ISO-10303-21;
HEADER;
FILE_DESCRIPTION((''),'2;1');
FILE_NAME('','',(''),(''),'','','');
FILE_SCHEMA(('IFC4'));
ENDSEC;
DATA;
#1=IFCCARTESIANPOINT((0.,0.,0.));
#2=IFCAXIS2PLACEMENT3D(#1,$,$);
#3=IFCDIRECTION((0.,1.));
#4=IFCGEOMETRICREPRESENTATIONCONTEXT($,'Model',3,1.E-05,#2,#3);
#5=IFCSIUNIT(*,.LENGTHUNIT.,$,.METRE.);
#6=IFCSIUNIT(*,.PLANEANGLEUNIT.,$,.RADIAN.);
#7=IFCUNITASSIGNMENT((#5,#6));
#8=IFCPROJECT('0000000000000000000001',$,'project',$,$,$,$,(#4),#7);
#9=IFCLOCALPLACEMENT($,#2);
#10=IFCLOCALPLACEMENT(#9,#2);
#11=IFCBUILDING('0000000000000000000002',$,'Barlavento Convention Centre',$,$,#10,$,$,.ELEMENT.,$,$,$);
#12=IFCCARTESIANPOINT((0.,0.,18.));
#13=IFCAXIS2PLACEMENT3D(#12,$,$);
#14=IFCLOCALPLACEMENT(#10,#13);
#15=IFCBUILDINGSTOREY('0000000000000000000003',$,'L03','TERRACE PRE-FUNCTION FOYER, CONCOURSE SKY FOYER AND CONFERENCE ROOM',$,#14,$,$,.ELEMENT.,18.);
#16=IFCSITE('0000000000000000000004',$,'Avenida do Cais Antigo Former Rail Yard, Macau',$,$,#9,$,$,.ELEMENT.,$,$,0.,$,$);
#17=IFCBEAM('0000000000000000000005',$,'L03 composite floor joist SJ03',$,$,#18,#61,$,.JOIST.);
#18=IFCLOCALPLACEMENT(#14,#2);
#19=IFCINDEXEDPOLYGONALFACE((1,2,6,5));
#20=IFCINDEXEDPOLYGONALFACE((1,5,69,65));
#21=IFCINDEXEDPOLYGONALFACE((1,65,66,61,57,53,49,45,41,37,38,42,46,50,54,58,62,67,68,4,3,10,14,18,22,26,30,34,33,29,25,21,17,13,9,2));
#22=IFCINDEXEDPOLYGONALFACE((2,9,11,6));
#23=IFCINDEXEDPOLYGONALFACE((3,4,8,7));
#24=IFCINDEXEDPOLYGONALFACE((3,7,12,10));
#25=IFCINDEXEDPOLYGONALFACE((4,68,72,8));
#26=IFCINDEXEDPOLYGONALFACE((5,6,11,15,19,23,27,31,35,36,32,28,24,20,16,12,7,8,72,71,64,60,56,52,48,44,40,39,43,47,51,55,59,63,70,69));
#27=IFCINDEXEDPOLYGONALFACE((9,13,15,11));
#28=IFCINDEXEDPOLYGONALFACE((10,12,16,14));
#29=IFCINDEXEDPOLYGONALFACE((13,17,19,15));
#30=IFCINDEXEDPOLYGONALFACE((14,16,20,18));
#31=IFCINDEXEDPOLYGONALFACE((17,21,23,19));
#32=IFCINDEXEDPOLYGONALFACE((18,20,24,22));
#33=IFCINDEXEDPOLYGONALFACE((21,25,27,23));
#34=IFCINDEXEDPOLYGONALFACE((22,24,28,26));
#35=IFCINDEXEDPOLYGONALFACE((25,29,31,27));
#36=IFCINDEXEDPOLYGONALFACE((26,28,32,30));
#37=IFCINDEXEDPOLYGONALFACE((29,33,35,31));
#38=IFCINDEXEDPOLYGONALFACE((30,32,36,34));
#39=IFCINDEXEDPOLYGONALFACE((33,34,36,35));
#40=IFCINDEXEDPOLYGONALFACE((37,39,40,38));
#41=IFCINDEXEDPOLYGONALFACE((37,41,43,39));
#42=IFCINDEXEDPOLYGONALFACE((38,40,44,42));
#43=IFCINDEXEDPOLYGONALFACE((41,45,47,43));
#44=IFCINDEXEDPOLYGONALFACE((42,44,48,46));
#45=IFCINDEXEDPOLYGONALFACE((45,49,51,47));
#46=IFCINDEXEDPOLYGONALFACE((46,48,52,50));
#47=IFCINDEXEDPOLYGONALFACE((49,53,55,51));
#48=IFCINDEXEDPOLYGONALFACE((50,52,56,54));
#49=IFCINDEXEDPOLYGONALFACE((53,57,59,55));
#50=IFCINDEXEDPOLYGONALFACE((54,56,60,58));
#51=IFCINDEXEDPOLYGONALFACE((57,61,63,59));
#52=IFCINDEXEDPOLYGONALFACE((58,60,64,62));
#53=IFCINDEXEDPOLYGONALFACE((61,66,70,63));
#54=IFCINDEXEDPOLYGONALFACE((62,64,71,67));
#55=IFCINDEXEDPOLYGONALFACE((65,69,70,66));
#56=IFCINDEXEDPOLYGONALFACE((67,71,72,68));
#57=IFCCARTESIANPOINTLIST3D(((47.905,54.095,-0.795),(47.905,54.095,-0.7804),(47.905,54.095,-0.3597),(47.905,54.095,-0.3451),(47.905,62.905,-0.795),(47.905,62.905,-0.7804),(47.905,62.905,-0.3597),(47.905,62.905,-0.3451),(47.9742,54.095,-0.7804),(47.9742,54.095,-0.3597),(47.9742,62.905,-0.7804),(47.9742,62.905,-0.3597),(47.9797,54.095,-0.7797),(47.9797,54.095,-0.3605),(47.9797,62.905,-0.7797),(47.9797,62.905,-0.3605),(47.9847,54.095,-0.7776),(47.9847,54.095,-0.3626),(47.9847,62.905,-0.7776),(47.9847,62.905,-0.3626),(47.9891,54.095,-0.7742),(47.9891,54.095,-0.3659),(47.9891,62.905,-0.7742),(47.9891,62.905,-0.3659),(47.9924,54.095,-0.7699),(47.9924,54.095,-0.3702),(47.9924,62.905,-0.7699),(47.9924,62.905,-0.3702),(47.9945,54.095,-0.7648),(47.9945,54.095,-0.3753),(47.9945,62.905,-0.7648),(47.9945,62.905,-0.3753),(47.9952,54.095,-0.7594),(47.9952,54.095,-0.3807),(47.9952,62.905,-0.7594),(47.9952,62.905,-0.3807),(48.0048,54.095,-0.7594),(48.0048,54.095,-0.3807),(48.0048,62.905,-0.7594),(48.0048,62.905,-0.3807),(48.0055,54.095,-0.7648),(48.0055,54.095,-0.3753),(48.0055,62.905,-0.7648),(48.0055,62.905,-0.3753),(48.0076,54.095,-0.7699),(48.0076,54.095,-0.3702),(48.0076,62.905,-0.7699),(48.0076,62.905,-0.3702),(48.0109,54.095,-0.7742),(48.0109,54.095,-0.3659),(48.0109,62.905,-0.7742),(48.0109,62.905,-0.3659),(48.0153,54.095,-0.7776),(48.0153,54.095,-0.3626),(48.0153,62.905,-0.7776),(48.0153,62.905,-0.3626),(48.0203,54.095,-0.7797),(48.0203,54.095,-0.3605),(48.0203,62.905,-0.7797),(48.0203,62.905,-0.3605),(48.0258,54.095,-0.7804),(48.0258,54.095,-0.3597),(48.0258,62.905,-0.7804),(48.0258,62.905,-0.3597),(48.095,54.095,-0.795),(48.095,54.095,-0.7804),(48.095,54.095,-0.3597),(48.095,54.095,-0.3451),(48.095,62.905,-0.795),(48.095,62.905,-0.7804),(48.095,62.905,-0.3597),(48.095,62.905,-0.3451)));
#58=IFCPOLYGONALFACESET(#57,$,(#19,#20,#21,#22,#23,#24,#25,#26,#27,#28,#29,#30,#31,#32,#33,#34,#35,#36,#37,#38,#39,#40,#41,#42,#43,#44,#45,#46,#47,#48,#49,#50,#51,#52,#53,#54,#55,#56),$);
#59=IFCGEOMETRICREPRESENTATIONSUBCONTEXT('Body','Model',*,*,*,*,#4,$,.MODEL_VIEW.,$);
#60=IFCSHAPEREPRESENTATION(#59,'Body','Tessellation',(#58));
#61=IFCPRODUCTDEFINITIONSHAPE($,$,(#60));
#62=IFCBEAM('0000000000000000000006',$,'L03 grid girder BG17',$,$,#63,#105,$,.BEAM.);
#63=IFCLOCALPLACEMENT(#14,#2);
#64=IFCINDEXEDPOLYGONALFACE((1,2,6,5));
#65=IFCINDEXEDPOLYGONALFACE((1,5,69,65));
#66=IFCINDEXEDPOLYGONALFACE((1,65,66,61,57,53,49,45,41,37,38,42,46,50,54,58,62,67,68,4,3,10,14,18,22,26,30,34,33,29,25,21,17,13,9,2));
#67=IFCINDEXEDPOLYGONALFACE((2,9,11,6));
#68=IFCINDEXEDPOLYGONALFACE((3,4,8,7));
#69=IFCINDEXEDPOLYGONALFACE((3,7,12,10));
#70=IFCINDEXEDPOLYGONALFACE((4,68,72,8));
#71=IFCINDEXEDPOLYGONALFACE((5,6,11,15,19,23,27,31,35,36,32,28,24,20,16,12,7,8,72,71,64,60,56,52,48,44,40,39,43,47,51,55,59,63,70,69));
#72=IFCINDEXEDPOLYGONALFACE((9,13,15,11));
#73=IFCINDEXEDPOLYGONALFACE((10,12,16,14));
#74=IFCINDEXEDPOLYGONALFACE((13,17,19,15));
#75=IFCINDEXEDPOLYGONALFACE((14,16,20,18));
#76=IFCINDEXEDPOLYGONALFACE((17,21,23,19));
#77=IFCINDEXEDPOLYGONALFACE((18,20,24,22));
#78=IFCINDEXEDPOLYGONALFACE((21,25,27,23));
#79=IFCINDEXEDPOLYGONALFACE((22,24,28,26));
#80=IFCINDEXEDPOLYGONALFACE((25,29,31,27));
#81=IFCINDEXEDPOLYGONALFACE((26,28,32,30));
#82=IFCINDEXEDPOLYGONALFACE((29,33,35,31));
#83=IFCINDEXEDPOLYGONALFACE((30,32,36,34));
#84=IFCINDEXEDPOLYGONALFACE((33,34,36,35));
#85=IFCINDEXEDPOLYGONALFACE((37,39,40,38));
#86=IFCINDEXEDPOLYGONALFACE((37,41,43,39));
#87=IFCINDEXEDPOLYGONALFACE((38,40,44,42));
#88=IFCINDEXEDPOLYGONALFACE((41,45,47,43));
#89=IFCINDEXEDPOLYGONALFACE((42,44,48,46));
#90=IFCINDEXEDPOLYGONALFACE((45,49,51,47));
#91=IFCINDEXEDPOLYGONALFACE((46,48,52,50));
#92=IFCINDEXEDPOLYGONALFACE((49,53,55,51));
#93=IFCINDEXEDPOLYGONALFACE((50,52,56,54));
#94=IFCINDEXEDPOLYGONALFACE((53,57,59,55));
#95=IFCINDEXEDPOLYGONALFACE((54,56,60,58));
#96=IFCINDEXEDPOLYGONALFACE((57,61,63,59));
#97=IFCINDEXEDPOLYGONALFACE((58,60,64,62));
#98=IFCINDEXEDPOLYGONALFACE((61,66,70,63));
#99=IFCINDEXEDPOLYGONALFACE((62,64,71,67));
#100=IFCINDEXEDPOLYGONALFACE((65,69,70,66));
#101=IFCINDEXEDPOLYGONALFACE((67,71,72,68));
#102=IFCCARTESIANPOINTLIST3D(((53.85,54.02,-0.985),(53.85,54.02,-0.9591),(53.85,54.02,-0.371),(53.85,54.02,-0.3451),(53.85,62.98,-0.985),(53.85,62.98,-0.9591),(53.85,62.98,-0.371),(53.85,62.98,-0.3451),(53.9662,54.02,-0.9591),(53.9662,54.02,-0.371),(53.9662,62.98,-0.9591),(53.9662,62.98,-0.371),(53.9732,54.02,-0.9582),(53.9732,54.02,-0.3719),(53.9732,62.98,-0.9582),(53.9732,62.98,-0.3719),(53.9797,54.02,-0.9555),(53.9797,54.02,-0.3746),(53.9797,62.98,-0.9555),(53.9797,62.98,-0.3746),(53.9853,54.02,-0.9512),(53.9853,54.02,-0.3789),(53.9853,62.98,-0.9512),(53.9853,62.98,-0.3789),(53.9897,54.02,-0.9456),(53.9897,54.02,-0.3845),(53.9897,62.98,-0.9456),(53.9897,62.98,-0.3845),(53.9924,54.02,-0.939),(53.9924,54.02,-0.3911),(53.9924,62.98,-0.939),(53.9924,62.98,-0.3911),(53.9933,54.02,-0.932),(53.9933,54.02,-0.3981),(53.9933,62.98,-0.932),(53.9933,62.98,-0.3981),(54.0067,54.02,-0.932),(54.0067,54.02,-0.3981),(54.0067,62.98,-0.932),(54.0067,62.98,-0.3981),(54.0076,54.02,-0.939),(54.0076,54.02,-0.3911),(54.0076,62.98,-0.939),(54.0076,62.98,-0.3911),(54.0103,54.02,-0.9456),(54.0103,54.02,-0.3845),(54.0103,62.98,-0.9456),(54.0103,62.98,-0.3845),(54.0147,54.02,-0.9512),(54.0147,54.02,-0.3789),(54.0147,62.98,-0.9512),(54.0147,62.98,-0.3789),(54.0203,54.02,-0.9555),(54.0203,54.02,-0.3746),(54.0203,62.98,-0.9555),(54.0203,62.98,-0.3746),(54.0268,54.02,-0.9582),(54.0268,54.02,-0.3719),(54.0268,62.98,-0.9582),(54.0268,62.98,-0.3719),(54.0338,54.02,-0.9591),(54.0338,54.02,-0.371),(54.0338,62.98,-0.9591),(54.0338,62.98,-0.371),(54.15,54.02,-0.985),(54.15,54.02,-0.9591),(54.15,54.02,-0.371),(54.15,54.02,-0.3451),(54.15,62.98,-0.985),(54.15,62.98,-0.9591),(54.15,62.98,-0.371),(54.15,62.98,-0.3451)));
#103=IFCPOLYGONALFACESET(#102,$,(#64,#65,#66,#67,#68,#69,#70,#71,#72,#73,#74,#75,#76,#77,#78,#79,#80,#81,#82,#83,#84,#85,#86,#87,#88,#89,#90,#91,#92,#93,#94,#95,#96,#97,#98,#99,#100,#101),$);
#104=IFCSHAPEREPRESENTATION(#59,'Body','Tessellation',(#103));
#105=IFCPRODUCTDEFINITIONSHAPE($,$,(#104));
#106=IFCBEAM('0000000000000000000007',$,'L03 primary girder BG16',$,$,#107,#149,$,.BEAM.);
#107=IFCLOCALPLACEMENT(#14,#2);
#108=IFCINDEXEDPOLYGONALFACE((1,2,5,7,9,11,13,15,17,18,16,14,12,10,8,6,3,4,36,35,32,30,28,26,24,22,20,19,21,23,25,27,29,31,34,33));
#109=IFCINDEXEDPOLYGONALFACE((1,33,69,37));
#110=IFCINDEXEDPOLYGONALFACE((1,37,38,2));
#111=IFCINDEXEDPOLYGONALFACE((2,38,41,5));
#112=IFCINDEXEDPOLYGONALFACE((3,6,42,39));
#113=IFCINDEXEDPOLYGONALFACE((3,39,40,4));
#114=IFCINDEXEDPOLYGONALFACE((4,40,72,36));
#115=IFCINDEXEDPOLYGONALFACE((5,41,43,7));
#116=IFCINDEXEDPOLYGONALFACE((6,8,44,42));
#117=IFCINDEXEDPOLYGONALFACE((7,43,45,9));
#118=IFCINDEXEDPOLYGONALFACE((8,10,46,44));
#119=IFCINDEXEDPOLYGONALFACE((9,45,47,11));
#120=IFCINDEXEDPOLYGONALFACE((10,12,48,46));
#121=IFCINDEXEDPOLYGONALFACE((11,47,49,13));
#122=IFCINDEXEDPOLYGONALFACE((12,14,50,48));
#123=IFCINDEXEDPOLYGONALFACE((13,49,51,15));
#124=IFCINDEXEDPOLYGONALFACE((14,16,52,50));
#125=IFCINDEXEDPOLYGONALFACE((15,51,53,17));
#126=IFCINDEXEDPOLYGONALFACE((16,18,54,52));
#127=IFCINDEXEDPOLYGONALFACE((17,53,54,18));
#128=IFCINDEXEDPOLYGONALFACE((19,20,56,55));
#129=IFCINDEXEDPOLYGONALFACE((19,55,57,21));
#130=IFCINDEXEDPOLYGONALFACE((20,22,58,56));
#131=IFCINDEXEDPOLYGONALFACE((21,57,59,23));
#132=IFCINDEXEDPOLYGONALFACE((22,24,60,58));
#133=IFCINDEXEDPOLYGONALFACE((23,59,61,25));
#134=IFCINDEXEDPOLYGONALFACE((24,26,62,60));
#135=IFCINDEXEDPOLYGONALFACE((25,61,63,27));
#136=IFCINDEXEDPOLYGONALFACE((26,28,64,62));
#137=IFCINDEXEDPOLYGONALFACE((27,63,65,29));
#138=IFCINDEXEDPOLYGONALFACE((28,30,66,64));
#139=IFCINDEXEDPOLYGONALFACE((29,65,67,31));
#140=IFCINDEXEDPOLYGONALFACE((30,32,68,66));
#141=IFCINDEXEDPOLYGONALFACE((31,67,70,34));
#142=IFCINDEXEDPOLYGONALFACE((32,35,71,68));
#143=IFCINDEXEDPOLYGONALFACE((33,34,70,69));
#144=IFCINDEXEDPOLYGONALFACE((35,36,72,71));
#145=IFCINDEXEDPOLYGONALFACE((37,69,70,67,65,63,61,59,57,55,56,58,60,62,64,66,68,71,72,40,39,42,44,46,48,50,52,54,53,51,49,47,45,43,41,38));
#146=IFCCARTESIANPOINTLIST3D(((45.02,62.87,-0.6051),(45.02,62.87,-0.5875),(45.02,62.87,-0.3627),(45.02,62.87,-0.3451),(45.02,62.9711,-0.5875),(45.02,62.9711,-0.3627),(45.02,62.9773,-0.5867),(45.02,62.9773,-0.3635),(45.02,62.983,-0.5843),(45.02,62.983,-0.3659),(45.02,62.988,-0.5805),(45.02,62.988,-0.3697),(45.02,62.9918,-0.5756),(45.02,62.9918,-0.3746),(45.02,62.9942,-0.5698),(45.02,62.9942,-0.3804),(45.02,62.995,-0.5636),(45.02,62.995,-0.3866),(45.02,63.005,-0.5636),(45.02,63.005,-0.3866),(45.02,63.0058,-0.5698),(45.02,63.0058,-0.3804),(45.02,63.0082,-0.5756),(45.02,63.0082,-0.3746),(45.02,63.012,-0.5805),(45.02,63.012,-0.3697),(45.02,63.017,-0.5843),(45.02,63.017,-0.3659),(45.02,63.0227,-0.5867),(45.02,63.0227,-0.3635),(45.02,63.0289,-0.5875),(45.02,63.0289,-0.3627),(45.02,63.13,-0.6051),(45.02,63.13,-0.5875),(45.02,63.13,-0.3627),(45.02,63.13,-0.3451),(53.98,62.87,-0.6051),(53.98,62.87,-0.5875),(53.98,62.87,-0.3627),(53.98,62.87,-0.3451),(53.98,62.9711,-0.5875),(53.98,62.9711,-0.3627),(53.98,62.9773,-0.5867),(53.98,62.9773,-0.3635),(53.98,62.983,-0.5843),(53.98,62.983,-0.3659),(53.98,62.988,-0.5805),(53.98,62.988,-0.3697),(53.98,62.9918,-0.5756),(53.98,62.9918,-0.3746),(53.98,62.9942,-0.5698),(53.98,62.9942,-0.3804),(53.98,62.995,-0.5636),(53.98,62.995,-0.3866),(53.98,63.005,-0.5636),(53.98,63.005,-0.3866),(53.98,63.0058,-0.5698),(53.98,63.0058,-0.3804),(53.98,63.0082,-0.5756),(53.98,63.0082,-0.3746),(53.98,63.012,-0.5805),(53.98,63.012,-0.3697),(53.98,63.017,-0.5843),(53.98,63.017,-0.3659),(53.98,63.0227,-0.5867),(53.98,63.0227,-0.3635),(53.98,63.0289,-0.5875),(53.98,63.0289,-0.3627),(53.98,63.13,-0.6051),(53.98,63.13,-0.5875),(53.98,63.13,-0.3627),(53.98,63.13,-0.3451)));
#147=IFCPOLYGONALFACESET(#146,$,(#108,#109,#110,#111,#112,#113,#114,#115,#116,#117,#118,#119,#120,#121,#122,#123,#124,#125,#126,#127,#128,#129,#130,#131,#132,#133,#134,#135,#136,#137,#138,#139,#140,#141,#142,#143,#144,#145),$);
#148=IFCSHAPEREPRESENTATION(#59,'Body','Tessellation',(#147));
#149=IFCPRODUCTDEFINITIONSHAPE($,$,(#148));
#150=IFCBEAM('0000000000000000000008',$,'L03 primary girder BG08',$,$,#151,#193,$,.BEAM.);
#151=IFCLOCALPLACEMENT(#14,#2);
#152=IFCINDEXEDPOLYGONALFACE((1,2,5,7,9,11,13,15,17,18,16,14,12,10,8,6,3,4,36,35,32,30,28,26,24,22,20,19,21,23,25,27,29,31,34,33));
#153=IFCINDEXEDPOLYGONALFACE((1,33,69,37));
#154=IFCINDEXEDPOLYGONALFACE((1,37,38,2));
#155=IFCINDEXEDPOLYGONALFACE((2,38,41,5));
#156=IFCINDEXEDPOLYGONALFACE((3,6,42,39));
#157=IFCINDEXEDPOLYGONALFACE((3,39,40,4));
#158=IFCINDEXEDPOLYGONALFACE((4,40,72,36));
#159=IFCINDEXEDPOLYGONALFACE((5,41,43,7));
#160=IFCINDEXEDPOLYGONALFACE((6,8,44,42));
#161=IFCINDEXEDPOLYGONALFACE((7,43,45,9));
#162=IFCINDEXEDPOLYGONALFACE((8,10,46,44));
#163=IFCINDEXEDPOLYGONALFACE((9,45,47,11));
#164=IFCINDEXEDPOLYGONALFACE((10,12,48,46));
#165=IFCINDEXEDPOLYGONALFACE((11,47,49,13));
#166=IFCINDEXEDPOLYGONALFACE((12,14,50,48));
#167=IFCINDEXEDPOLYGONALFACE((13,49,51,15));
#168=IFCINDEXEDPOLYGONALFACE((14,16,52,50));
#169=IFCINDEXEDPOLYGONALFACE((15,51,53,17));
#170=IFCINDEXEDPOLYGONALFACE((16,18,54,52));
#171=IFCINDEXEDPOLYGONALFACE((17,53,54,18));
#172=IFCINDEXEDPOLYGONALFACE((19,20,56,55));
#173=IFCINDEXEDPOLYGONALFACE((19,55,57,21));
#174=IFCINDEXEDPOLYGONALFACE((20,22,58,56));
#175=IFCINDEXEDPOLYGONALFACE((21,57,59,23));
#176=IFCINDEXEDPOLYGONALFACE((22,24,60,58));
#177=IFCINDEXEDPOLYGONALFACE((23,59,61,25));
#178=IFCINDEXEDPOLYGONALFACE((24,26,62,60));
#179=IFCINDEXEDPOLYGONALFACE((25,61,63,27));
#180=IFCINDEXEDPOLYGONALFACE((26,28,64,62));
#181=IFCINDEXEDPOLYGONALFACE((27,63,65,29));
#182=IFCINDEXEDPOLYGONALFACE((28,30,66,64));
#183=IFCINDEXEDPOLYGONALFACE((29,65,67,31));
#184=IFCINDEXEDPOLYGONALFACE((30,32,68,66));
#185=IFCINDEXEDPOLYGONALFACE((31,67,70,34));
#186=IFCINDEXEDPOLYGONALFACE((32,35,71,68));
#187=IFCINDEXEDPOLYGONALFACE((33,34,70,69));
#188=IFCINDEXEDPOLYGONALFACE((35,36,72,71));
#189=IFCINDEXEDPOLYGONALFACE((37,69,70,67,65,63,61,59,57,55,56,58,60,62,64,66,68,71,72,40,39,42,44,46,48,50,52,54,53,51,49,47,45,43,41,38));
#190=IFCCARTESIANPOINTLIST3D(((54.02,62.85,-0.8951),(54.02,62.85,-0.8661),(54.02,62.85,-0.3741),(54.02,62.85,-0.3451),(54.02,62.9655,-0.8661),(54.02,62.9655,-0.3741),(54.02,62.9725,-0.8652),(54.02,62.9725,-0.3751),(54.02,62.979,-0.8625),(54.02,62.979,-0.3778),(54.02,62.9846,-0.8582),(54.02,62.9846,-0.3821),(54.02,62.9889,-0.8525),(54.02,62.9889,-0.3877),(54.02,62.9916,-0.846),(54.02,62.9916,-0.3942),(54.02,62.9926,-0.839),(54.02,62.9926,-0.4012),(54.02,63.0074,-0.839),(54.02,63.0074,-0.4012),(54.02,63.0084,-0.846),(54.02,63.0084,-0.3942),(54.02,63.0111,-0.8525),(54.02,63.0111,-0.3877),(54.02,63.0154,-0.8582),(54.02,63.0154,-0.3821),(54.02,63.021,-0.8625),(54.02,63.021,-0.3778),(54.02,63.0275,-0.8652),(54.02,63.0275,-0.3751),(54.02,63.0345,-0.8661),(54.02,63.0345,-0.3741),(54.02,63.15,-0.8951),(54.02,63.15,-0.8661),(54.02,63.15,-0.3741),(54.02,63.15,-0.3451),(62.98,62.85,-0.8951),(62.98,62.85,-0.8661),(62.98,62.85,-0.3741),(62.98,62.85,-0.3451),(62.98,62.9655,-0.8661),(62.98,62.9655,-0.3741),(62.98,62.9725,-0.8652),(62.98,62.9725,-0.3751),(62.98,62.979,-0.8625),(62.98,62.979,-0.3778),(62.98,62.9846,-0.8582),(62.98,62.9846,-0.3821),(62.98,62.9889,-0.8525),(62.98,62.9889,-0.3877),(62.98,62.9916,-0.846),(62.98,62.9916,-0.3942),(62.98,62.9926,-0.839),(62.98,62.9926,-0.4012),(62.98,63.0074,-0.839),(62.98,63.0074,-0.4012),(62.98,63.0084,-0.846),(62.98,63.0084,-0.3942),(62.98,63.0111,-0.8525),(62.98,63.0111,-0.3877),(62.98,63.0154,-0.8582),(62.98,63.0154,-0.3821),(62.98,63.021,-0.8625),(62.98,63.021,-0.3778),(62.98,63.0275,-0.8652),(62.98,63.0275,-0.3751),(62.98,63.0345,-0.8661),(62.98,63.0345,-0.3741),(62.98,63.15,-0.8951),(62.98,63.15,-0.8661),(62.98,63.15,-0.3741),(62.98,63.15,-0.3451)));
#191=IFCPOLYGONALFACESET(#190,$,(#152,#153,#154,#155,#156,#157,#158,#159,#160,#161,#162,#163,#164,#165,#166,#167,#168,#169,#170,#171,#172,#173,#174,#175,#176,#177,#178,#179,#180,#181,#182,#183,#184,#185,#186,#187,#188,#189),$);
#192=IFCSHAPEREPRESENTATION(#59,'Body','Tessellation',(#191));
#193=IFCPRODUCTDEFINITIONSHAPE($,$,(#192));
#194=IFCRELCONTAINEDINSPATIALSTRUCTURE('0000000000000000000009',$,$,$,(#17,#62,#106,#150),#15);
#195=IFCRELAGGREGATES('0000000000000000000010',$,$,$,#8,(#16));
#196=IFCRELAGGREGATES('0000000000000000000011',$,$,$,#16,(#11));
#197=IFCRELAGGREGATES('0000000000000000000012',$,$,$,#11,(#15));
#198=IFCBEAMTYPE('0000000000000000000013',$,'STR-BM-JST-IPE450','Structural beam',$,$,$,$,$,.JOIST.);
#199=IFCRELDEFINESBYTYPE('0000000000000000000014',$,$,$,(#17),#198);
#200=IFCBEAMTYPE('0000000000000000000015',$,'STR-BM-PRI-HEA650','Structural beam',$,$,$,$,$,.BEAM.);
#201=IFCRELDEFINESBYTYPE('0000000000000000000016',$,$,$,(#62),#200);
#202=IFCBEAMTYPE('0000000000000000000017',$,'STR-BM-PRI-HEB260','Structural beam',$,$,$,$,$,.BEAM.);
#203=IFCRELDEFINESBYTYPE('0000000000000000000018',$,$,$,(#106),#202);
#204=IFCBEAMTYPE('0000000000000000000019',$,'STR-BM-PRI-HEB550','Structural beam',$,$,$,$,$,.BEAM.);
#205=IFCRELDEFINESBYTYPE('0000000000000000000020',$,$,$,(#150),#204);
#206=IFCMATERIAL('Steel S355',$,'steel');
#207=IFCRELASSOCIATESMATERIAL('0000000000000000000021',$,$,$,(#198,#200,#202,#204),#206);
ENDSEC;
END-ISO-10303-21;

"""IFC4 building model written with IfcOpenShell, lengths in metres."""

from ifc_helpers import new_model, si_unit, direction, frame, origin, origin_2d, place, context, subcontext, project, spatial, i_section, extrude, material, material_profile, profile_set, type_object, element, save


model = new_model("IFC4")

# Units and contexts
model_context = context("Model", 3, precision=1e-05, world=origin(), true_north=direction((0.0, 1.0)))
body_context = subcontext(model_context, "Body", "Model", "MODEL_VIEW")
ifc_project = project(units=[si_unit("LENGTHUNIT", "METRE"), si_unit("PLANEANGLEUNIT", "RADIAN")], contexts=[model_context])

# Site, building, storey
site_placement = place(None, origin())
site = spatial("IfcSite", under=ifc_project, at=site_placement, Name="Avenida do Cais Antigo Former Rail Yard, Macau", CompositionType="ELEMENT", RefElevation=0.0)
building_placement = place(site_placement, origin())
building = spatial("IfcBuilding", under=site, at=building_placement, Name="Barlavento Convention Centre", CompositionType="ELEMENT")
storey_placement = place(building_placement, frame((0.0, 0.0, 18.0)))
storey = spatial("IfcBuildingStorey", under=building, at=storey_placement, Name="L03", Description="TERRACE PRE-FUNCTION FOYER, CONCOURSE SKY FOYER AND CONFERENCE ROOM", CompositionType="ELEMENT", Elevation=18.0)

# Beams
ifc_material_1 = material(Name="Steel S355", Category="steel")
ifc_material_profile_1 = material_profile(ifc_material_1, i_section(OverallWidth=0.1899, OverallDepth=0.45, WebThickness=0.0095, FlangeThickness=0.0146, FilletRadius=0.021, at=origin_2d()), Name="IPE 450")
ifc_profile_set_1 = profile_set([ifc_material_profile_1], Name="Steel S355")
beam_type_1 = type_object("IfcBeamType", Name="STR-BM-JST-IPE450", Description="Structural beam", PredefinedType="JOIST", material=ifc_profile_set_1)
beam_1_placement = place(storey_placement, frame((48.0, 54.095, -0.5701), z_axis=(0.0, 1.0, 0.0), x_axis=(-1.0, 0.0, 0.0)))
element("IfcBeam", 1, at=beam_1_placement, inside=storey, type_object=beam_type_1, Name="L03 composite floor joist SJ03", PredefinedType="JOIST", context=body_context, shape_type="SweptSolid", body=[
    extrude(i_section(OverallWidth=0.1899, OverallDepth=0.45, WebThickness=0.0095, FlangeThickness=0.0146, FilletRadius=0.021, at=origin_2d()), origin(), (0.0, 0.0, 1.0), 8.8101),
])
ifc_material_profile_2 = material_profile(ifc_material_1, i_section(OverallWidth=0.3, OverallDepth=0.6399, WebThickness=0.0134, FlangeThickness=0.0259, FilletRadius=0.0271, at=origin_2d()), Name="HEA 650")
ifc_profile_set_2 = profile_set([ifc_material_profile_2], Name="Steel S355")
beam_type_2 = type_object("IfcBeamType", Name="STR-BM-PRI-HEA650", Description="Structural beam", PredefinedType="BEAM", material=ifc_profile_set_2)
beam_2_placement = place(storey_placement, frame((54.0, 54.02, -0.665), z_axis=(0.0, 1.0, 0.0), x_axis=(-1.0, 0.0, 0.0)))
element("IfcBeam", 2, at=beam_2_placement, inside=storey, type_object=beam_type_2, Name="L03 grid girder BG17", PredefinedType="BEAM", context=body_context, shape_type="SweptSolid", body=[
    extrude(i_section(OverallWidth=0.3, OverallDepth=0.6399, WebThickness=0.0134, FlangeThickness=0.0259, FilletRadius=0.0271, at=origin_2d()), origin(), (0.0, 0.0, 1.0), 8.96),
])
ifc_material_profile_3 = material_profile(ifc_material_1, i_section(OverallWidth=0.26, OverallDepth=0.26, WebThickness=0.01, FlangeThickness=0.0176, FilletRadius=0.0239, at=origin_2d()), Name="HEB 260")
ifc_profile_set_3 = profile_set([ifc_material_profile_3], Name="Steel S355")
beam_type_3 = type_object("IfcBeamType", Name="STR-BM-PRI-HEB260", Description="Structural beam", PredefinedType="BEAM", material=ifc_profile_set_3)
beam_3_placement = place(storey_placement, frame((45.02, 63.0, -0.4751), z_axis=(1.0, 0.0, 0.0), x_axis=(0.0, 1.0, 0.0)))
element("IfcBeam", 3, at=beam_3_placement, inside=storey, type_object=beam_type_3, Name="L03 primary girder BG16", PredefinedType="BEAM", context=body_context, shape_type="SweptSolid", body=[
    extrude(i_section(OverallWidth=0.26, OverallDepth=0.26, WebThickness=0.01, FlangeThickness=0.0176, FilletRadius=0.0239, at=origin_2d()), origin(), (0.0, 0.0, 1.0), 8.96),
])
ifc_material_profile_4 = material_profile(ifc_material_1, i_section(OverallWidth=0.3, OverallDepth=0.55, WebThickness=0.0149, FlangeThickness=0.0291, FilletRadius=0.0271, at=origin_2d()), Name="HEB 550")
ifc_profile_set_4 = profile_set([ifc_material_profile_4], Name="Steel S355")
beam_type_4 = type_object("IfcBeamType", Name="STR-BM-PRI-HEB550", Description="Structural beam", PredefinedType="BEAM", material=ifc_profile_set_4)
beam_4_placement = place(storey_placement, frame((54.02, 63.0, -0.6201), z_axis=(1.0, 0.0, 0.0), x_axis=(0.0, 1.0, 0.0)))
element("IfcBeam", 4, at=beam_4_placement, inside=storey, type_object=beam_type_4, Name="L03 primary girder BG08", PredefinedType="BEAM", context=body_context, shape_type="SweptSolid", body=[
    extrude(i_section(OverallWidth=0.3, OverallDepth=0.55, WebThickness=0.0149, FlangeThickness=0.0291, FilletRadius=0.0271, at=origin_2d()), origin(), (0.0, 0.0, 1.0), 8.96),
])

save(model, "model.ifc")
